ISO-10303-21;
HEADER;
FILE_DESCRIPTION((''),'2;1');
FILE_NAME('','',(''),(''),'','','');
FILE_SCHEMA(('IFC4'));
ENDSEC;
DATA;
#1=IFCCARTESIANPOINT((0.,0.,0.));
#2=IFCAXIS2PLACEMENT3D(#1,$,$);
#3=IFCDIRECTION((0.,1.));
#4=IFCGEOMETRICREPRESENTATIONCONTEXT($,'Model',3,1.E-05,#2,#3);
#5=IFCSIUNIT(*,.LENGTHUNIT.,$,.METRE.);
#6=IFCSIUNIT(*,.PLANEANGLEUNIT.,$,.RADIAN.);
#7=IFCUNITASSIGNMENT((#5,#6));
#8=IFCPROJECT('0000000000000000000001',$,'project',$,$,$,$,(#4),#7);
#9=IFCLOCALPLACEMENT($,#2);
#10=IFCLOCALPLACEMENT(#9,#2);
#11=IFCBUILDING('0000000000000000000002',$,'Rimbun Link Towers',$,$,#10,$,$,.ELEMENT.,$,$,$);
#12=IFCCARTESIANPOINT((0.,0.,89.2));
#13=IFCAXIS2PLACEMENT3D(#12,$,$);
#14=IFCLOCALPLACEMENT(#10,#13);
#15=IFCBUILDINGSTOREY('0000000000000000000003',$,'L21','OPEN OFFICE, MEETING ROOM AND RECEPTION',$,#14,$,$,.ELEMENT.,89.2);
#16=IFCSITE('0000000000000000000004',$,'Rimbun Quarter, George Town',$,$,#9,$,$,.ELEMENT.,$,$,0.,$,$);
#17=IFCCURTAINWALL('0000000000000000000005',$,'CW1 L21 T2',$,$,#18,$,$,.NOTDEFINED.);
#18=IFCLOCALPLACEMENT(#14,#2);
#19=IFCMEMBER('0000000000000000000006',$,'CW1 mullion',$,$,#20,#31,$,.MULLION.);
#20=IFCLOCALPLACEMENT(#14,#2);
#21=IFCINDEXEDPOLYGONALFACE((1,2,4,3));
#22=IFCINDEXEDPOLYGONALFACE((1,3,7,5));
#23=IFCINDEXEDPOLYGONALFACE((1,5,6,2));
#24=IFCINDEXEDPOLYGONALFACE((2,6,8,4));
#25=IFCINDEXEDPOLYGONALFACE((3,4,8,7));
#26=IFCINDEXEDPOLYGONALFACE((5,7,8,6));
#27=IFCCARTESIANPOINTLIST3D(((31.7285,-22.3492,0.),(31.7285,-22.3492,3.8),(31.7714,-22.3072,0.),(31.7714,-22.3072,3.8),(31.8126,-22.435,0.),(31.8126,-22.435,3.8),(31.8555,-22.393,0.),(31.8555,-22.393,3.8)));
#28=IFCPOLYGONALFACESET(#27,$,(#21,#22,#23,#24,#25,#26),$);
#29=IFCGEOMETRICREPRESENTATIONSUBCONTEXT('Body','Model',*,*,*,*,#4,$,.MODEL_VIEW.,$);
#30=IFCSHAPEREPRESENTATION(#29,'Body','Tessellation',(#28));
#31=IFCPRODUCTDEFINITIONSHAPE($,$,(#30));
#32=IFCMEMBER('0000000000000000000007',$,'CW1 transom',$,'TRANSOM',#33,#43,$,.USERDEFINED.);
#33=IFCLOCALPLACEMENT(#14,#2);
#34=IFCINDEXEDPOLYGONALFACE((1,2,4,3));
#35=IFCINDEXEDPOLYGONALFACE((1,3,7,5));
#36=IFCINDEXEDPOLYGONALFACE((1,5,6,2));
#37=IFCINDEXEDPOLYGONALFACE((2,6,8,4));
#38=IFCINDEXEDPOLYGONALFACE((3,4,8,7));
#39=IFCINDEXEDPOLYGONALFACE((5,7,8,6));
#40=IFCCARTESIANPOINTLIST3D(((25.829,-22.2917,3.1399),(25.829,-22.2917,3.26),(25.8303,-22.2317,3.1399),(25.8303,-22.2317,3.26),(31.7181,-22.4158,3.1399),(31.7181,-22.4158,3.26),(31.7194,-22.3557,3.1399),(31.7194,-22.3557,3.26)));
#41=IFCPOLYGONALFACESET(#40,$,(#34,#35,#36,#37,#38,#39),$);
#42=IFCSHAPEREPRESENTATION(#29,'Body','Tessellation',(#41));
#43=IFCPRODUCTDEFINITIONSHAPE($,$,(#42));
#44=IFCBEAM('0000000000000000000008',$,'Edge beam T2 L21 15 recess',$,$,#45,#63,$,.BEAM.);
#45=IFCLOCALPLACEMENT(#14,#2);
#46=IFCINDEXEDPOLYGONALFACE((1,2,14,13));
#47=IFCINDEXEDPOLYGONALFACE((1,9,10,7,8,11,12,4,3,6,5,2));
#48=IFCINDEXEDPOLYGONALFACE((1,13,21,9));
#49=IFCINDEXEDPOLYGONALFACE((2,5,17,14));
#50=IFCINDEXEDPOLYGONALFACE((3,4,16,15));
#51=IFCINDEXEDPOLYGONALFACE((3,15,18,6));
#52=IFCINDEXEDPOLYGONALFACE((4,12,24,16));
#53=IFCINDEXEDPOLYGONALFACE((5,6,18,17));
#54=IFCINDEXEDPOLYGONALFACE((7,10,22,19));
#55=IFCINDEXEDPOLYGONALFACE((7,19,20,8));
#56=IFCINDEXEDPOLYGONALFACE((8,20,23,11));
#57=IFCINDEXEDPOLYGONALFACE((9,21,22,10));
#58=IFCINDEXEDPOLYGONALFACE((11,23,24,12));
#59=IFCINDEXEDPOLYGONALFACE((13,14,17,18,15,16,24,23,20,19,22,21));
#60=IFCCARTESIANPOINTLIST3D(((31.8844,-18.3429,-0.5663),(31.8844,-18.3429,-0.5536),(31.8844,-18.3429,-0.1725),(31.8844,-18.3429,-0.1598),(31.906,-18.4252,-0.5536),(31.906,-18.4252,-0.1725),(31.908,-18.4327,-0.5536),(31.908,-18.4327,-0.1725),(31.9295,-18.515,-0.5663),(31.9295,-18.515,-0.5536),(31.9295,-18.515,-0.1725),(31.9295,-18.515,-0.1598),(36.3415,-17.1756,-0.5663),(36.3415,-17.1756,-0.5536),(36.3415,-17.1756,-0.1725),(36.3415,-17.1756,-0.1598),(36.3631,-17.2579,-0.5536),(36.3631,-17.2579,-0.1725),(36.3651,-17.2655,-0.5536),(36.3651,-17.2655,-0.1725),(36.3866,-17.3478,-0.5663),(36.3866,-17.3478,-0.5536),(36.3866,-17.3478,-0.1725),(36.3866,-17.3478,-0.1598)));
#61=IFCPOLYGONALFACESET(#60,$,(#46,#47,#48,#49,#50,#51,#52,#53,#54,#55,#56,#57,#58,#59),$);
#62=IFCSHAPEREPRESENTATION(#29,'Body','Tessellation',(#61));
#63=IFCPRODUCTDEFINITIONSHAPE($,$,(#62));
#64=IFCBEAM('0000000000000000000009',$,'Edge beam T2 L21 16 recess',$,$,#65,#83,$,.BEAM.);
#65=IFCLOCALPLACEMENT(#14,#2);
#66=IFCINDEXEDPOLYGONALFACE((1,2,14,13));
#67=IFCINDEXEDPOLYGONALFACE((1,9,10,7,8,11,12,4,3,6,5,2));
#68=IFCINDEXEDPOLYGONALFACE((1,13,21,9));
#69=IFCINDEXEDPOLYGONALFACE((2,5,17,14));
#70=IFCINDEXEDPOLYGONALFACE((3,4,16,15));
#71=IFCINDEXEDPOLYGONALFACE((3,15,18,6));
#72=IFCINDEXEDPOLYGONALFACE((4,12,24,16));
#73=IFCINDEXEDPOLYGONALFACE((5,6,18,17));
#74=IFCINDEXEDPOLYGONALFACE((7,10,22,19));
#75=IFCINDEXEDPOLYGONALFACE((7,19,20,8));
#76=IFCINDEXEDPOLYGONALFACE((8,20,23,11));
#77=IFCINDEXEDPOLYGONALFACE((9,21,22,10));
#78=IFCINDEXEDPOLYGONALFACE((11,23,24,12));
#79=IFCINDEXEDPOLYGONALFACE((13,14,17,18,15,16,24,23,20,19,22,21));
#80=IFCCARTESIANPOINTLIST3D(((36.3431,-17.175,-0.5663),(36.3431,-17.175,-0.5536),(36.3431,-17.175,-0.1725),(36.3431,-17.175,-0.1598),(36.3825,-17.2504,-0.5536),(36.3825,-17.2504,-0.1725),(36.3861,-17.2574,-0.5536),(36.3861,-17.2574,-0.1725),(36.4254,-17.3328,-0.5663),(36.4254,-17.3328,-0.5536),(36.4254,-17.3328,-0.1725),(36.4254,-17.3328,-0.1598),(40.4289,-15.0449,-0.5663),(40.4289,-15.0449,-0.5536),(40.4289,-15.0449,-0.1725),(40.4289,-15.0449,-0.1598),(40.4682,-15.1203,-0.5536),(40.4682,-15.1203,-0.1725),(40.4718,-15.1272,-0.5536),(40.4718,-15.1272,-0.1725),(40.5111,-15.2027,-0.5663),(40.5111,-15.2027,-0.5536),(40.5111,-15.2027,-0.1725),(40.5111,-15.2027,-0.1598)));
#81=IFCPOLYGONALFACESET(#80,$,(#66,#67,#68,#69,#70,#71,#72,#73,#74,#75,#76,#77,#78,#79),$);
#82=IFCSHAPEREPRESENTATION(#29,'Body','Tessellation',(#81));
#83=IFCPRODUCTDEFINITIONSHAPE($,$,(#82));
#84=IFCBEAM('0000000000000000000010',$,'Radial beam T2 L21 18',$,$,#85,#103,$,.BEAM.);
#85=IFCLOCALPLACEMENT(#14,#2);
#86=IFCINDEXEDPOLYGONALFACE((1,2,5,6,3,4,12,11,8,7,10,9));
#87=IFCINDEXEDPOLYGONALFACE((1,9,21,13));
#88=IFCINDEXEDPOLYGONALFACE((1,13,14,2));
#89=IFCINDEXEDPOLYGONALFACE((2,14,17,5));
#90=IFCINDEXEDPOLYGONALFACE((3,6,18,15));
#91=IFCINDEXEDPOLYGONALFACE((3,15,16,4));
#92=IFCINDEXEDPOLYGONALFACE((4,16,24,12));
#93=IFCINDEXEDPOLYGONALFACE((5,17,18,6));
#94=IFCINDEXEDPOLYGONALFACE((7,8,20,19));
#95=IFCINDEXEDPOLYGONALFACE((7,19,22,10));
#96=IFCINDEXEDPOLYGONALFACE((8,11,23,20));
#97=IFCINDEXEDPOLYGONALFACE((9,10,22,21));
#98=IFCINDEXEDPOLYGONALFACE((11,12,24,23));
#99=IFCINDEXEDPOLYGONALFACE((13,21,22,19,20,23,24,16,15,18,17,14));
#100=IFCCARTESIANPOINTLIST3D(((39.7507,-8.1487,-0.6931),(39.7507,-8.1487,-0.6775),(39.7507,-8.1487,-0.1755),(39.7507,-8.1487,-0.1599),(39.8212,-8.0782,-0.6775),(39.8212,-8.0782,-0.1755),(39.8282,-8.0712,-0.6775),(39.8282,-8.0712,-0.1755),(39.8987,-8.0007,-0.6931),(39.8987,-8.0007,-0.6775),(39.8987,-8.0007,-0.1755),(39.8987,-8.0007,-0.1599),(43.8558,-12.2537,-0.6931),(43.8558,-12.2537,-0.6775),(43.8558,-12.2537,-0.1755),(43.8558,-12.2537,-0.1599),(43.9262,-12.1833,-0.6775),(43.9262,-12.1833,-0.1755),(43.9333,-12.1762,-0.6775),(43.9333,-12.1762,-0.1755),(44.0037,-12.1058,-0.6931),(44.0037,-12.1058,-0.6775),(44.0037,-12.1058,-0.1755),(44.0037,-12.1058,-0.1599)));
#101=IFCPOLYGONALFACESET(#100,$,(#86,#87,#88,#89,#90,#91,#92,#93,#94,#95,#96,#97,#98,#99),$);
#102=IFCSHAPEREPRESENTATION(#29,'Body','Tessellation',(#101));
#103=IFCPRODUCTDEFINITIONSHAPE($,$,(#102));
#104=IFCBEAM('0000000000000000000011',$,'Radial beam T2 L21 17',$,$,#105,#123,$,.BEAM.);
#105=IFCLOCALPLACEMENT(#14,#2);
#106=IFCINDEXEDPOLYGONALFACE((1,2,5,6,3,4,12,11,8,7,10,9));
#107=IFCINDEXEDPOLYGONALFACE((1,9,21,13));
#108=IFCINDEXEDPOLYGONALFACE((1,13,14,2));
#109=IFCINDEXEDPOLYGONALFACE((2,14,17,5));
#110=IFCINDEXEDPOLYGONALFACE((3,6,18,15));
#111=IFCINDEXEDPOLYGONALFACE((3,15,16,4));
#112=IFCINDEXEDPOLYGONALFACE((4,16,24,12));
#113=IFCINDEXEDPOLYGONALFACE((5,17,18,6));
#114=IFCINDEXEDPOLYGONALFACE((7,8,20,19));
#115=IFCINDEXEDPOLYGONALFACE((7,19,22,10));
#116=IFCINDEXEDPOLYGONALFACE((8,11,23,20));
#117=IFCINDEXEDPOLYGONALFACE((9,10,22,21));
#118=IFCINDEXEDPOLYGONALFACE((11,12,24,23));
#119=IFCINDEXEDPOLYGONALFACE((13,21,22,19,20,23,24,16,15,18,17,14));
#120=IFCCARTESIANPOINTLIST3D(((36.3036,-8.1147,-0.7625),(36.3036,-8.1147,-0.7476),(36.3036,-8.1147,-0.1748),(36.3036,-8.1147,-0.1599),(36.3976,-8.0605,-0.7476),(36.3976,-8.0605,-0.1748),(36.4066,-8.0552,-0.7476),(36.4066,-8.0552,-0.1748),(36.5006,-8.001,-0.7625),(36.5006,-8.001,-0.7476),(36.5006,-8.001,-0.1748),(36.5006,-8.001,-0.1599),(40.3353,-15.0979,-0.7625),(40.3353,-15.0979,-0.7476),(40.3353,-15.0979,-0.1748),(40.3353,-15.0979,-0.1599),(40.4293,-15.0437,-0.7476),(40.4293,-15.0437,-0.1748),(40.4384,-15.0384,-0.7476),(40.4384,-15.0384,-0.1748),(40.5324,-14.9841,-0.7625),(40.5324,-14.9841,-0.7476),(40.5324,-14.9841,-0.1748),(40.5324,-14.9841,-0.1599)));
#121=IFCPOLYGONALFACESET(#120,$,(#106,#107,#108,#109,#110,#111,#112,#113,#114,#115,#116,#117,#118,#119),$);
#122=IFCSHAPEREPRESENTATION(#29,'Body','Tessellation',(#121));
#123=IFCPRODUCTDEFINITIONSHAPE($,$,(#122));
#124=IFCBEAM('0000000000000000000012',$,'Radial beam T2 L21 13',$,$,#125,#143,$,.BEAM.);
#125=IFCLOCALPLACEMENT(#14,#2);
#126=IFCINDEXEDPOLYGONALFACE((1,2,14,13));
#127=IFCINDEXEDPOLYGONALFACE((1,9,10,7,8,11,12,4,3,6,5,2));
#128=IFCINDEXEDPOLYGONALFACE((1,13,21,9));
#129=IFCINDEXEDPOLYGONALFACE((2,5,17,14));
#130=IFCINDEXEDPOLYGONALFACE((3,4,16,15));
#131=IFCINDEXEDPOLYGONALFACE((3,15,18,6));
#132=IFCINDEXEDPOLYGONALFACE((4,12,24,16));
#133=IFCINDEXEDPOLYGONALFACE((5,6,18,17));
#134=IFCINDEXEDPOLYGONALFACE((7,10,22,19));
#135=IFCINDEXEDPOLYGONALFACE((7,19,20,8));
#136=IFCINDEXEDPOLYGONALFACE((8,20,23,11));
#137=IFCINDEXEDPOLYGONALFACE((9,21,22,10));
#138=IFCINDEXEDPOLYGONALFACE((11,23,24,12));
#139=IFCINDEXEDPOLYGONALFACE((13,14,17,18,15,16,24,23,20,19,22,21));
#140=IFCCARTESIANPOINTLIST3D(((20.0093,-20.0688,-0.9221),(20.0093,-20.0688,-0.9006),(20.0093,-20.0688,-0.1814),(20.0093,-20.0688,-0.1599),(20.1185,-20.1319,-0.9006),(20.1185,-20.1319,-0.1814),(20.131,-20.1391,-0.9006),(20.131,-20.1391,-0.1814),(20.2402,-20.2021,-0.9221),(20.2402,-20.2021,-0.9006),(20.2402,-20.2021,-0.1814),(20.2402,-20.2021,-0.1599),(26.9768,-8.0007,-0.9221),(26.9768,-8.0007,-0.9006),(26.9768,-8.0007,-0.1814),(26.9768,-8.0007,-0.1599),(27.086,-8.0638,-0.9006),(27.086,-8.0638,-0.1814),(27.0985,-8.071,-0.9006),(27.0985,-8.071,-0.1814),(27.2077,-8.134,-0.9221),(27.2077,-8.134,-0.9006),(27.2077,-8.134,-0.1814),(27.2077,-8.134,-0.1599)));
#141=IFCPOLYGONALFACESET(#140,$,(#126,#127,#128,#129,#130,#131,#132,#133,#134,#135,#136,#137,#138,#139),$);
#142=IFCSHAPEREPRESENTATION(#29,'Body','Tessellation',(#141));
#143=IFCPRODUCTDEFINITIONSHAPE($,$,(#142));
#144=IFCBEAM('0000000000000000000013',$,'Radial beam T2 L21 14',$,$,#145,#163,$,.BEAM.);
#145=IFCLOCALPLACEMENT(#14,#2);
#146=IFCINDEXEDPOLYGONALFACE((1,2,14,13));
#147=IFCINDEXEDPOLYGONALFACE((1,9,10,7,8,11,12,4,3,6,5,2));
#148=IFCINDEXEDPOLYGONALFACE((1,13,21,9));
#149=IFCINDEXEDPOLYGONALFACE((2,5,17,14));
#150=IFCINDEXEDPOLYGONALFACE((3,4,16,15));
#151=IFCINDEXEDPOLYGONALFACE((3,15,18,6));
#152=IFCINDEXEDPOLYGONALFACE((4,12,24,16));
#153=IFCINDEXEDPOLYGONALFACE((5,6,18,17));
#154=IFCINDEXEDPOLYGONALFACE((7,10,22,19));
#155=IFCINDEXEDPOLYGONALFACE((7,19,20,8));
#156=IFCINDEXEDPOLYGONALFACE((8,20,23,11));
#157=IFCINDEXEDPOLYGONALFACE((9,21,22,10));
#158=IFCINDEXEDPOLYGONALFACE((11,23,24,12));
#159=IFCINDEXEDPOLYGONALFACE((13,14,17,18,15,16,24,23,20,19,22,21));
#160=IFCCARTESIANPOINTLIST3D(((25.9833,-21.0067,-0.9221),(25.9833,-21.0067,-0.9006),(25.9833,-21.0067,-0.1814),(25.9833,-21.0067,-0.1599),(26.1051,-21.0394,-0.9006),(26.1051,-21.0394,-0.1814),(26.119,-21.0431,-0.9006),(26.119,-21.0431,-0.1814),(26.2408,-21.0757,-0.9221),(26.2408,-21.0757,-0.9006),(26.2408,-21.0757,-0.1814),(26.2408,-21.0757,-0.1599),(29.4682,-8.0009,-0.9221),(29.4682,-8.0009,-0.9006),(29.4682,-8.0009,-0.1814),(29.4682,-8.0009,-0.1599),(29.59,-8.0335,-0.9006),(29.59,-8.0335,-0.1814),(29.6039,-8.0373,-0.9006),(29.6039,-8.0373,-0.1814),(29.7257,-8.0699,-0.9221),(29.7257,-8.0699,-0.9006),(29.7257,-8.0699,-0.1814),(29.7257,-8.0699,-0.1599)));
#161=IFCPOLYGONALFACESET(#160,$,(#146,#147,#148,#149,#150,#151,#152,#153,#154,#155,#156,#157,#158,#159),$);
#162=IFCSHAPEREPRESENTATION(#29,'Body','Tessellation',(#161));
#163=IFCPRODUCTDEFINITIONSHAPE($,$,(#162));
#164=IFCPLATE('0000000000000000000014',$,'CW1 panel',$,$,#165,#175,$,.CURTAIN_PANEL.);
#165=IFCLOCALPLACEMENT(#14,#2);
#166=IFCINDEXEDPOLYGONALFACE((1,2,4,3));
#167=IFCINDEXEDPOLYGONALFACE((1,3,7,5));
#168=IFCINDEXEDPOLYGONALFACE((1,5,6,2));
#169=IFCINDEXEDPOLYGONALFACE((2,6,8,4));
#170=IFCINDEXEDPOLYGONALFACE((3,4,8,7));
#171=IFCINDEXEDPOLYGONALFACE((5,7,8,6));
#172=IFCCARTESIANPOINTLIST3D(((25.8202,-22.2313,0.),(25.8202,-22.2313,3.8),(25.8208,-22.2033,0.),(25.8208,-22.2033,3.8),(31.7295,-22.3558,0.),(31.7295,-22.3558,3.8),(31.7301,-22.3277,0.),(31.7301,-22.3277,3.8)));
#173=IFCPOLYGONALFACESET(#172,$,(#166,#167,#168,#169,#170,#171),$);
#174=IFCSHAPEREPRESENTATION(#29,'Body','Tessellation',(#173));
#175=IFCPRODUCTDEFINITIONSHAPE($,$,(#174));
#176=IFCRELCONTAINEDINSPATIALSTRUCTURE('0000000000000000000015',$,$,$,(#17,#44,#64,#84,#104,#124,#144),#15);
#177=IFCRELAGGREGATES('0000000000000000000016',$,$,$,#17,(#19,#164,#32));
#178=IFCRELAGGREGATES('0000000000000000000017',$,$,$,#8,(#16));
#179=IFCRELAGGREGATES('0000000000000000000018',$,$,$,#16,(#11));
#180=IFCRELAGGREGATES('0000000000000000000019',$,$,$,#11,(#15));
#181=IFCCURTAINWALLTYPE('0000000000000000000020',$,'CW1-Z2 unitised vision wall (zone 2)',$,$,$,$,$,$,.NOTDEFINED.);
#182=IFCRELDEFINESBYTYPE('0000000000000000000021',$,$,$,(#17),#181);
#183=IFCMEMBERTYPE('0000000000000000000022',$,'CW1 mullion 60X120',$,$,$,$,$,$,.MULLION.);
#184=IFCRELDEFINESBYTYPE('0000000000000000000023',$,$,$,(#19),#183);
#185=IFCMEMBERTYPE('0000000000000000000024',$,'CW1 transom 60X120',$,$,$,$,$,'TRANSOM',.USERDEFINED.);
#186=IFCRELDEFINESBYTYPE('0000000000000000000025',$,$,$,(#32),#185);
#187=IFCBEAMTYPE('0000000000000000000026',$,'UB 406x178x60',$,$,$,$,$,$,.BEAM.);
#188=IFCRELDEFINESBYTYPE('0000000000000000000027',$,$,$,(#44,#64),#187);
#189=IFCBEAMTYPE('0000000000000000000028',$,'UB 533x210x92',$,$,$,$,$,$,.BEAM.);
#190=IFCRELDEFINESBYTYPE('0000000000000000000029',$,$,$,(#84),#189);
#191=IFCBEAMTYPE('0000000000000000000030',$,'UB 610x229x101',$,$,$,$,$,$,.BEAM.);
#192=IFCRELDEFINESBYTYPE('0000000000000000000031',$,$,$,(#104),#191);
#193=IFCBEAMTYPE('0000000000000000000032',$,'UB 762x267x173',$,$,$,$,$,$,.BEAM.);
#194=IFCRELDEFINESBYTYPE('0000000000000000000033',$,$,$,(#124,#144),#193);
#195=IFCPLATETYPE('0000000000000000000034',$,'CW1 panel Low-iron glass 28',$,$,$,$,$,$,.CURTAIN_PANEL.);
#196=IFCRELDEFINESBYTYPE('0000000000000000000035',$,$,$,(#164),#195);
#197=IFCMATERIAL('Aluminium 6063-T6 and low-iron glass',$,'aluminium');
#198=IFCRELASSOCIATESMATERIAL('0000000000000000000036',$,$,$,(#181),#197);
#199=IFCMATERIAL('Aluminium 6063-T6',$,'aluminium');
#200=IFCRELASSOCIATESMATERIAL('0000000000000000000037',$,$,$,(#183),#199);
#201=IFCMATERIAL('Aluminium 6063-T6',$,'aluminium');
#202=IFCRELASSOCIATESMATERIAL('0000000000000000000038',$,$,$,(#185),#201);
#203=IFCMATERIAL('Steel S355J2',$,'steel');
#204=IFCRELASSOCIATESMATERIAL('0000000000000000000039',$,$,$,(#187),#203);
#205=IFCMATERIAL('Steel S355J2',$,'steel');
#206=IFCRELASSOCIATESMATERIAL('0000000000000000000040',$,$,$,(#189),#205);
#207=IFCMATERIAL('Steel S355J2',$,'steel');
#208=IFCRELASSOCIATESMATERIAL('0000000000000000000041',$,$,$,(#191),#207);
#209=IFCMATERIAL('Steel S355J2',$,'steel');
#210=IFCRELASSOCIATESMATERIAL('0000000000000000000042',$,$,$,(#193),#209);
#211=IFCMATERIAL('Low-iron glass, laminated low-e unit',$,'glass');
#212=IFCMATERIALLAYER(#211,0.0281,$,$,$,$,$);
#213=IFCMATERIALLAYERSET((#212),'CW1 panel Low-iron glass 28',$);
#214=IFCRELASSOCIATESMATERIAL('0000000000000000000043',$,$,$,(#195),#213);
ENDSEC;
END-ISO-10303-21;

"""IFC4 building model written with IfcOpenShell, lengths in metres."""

from ifc_helpers import new_model, si_unit, direction, frame, origin, origin_2d, place, context, subcontext, project, spatial, rectangle, i_section, extrude, material, layer, layer_set, material_profile, profile_set, type_object, element, aggregate, save


model = new_model("IFC4")

# Units and contexts
model_context = context("Model", 3, precision=1e-05, world=origin(), true_north=direction((0.0, 1.0)))
body_context = subcontext(model_context, "Body", "Model", "MODEL_VIEW")
ifc_project = project(units=[si_unit("LENGTHUNIT", "METRE"), si_unit("PLANEANGLEUNIT", "RADIAN")], contexts=[model_context])

# Site, building, storey
site_placement = place(None, origin())
site = spatial("IfcSite", under=ifc_project, at=site_placement, Name="Rimbun Quarter, George Town", CompositionType="ELEMENT", RefElevation=0.0)
building_placement = place(site_placement, origin())
building = spatial("IfcBuilding", under=site, at=building_placement, Name="Rimbun Link Towers", CompositionType="ELEMENT")
storey_placement = place(building_placement, frame((0.0, 0.0, 89.2)))
storey = spatial("IfcBuildingStorey", under=building, at=storey_placement, Name="L21", Description="OPEN OFFICE, MEETING ROOM AND RECEPTION", CompositionType="ELEMENT", Elevation=89.2)

# Curtain wall, members
ifc_material_1 = material(Name="Aluminium 6063-T6 and low-iron glass", Category="aluminium")
curtain_wall_type = type_object("IfcCurtainWallType", Name="CW1-Z2 unitised vision wall (zone 2)", PredefinedType="NOTDEFINED", material=ifc_material_1)
curtain_wall_placement = place(storey_placement, origin())
curtain_wall = element("IfcCurtainWall", 1, at=curtain_wall_placement, inside=storey, type_object=curtain_wall_type, Name="CW1 L21 T2", PredefinedType="NOTDEFINED")
ifc_material_2 = material(Name="Aluminium 6063-T6", Category="aluminium")
ifc_material_profile_1 = material_profile(ifc_material_2, rectangle(XDim=0.1201, YDim=0.0601, at=origin_2d()), Name="MULLION 60X120")
ifc_profile_set_1 = profile_set([ifc_material_profile_1], Name="Aluminium 6063-T6")
member_type_1 = type_object("IfcMemberType", Name="CW1 mullion 60X120", PredefinedType="MULLION", material=ifc_profile_set_1)
member_1_placement = place(storey_placement, frame((31.792, -22.3711, 0.0), z_axis=(0.0, 0.0, 1.0), x_axis=(0.699623, -0.714513, 0.0)))
member_1 = element("IfcMember", 2, at=member_1_placement, type_object=member_type_1, Name="CW1 mullion", PredefinedType="MULLION", context=body_context, shape_type="SweptSolid", body=[
    extrude(rectangle(XDim=0.1201, YDim=0.0601, at=origin_2d()), origin(), (0.0, 0.0, 1.0), 3.8),
])
ifc_material_3 = material(Name="Aluminium 6063-T6", Category="aluminium")
ifc_material_profile_2 = material_profile(ifc_material_3, rectangle(XDim=0.0601, YDim=0.1201, at=origin_2d()), Name="TRANSOM 60X120")
ifc_profile_set_2 = profile_set([ifc_material_profile_2], Name="Aluminium 6063-T6")
member_type_2 = type_object("IfcMemberType", Name="CW1 transom 60X120", ElementType="TRANSOM", PredefinedType="USERDEFINED", material=ifc_profile_set_2)
member_2_placement = place(storey_placement, frame((31.7188, -22.3857, 3.2), z_axis=(-0.999778, 0.021055, 0.0), x_axis=(-0.021055, -0.999778, 0.0)))
member_2 = element("IfcMember", 3, at=member_2_placement, type_object=member_type_2, Name="CW1 transom", ObjectType="TRANSOM", PredefinedType="USERDEFINED", context=body_context, shape_type="SweptSolid", body=[
    extrude(rectangle(XDim=0.0601, YDim=0.1201, at=origin_2d()), origin(), (0.0, 0.0, 1.0), 5.8904),
])

# Beams
ifc_material_4 = material(Name="Steel S355J2", Category="steel")
ifc_material_profile_3 = material_profile(ifc_material_4, i_section(OverallWidth=0.178, OverallDepth=0.4065, WebThickness=0.0078, FlangeThickness=0.0127, at=origin_2d()), Name="UB 406x178x60")
ifc_profile_set_3 = profile_set([ifc_material_profile_3], Name="Steel S355J2")
beam_type_1 = type_object("IfcBeamType", Name="UB 406x178x60", PredefinedType="BEAM", material=ifc_profile_set_3)
beam_1_placement = place(storey_placement, frame((31.907, -18.429, -0.363), z_axis=(0.967377, 0.253343, 0.0), x_axis=(-0.253343, 0.967377, 0.0)))
element("IfcBeam", 4, at=beam_1_placement, inside=storey, type_object=beam_type_1, Name="Edge beam T2 L21 15 recess", PredefinedType="BEAM", context=body_context, shape_type="SweptSolid", body=[
    extrude(i_section(OverallWidth=0.178, OverallDepth=0.4065, WebThickness=0.0078, FlangeThickness=0.0127, at=origin_2d()), origin(), (0.0, 0.0, 1.0), 4.6074),
])
beam_2_placement = place(storey_placement, frame((36.3843, -17.2539, -0.363), z_axis=(0.886722, 0.462303, 0.0), x_axis=(-0.462303, 0.886722, 0.0)))
element("IfcBeam", 5, at=beam_2_placement, inside=storey, type_object=beam_type_1, Name="Edge beam T2 L21 16 recess", PredefinedType="BEAM", context=body_context, shape_type="SweptSolid", body=[
    extrude(i_section(OverallWidth=0.178, OverallDepth=0.4065, WebThickness=0.0078, FlangeThickness=0.0127, at=origin_2d()), origin(), (0.0, 0.0, 1.0), 4.6077),
])
ifc_material_5 = material(Name="Steel S355J2", Category="steel")
ifc_material_profile_4 = material_profile(ifc_material_5, i_section(OverallWidth=0.2092, OverallDepth=0.5332, WebThickness=0.01, FlangeThickness=0.0156, at=origin_2d()), Name="UB 533x210x92")
ifc_profile_set_4 = profile_set([ifc_material_profile_4], Name="Steel S355J2")
beam_type_2 = type_object("IfcBeamType", Name="UB 533x210x92", PredefinedType="BEAM", material=ifc_profile_set_4)
beam_3_placement = place(storey_placement, frame((39.8247, -8.0747, -0.4265), z_axis=(0.707107, -0.707107, 0.0), x_axis=(0.707107, 0.707107, 0.0)))
element("IfcBeam", 6, at=beam_3_placement, inside=storey, type_object=beam_type_2, Name="Radial beam T2 L21 18", PredefinedType="BEAM", context=body_context, shape_type="SweptSolid", body=[
    extrude(i_section(OverallWidth=0.2092, OverallDepth=0.5332, WebThickness=0.01, FlangeThickness=0.0156, at=origin_2d()), origin(), (0.0, 0.0, 1.0), 5.8054),
])
ifc_material_6 = material(Name="Steel S355J2", Category="steel")
ifc_material_profile_5 = material_profile(ifc_material_6, i_section(OverallWidth=0.2275, OverallDepth=0.6025, WebThickness=0.0105, FlangeThickness=0.0149, at=origin_2d()), Name="UB 610x229x101")
ifc_profile_set_5 = profile_set([ifc_material_profile_5], Name="Steel S355J2")
beam_type_3 = type_object("IfcBeamType", Name="UB 610x229x101", PredefinedType="BEAM", material=ifc_profile_set_5)
beam_4_placement = place(storey_placement, frame((36.4021, -8.0579, -0.4612), z_axis=(0.500001, -0.866025, 0.0), x_axis=(0.866025, 0.500001, 0.0)))
element("IfcBeam", 7, at=beam_4_placement, inside=storey, type_object=beam_type_3, Name="Radial beam T2 L21 17", PredefinedType="BEAM", context=body_context, shape_type="SweptSolid", body=[
    extrude(i_section(OverallWidth=0.2275, OverallDepth=0.6025, WebThickness=0.0105, FlangeThickness=0.0149, at=origin_2d()), origin(), (0.0, 0.0, 1.0), 8.0635),
])
ifc_material_7 = material(Name="Steel S355J2", Category="steel")
ifc_material_profile_6 = material_profile(ifc_material_7, i_section(OverallWidth=0.2666, OverallDepth=0.7622, WebThickness=0.0144, FlangeThickness=0.0215, at=origin_2d()), Name="UB 762x267x173")
ifc_profile_set_6 = profile_set([ifc_material_profile_6], Name="Steel S355J2")
beam_type_4 = type_object("IfcBeamType", Name="UB 762x267x173", PredefinedType="BEAM", material=ifc_profile_set_6)
beam_5_placement = place(storey_placement, frame((27.0923, -8.0674, -0.541), z_axis=(-0.5, -0.866025, 0.0), x_axis=(0.866025, -0.5, 0.0)))
element("IfcBeam", 8, at=beam_5_placement, inside=storey, type_object=beam_type_4, Name="Radial beam T2 L21 13", PredefinedType="BEAM", context=body_context, shape_type="SweptSolid", body=[
    extrude(i_section(OverallWidth=0.2666, OverallDepth=0.7622, WebThickness=0.0144, FlangeThickness=0.0215, at=origin_2d()), origin(), (0.0, 0.0, 1.0), 13.9351),
])
beam_6_placement = place(storey_placement, frame((29.5969, -8.0354, -0.541), z_axis=(-0.258816, -0.965927, 0.0), x_axis=(0.965927, -0.258816, 0.0)))
element("IfcBeam", 9, at=beam_6_placement, inside=storey, type_object=beam_type_4, Name="Radial beam T2 L21 14", PredefinedType="BEAM", context=body_context, shape_type="SweptSolid", body=[
    extrude(i_section(OverallWidth=0.2666, OverallDepth=0.7622, WebThickness=0.0144, FlangeThickness=0.0215, at=origin_2d()), origin(), (0.0, 0.0, 1.0), 13.4646),
])

# Plate
ifc_material_8 = material(Name="Low-iron glass, laminated low-e unit", Category="glass")
ifc_layer_1 = layer(ifc_material_8, 0.0281)
ifc_layer_set_1 = layer_set([ifc_layer_1], Name="CW1 panel Low-iron glass 28")
plate_type = type_object("IfcPlateType", Name="CW1 panel Low-iron glass 28", PredefinedType="CURTAIN_PANEL", material=ifc_layer_set_1)
plate_placement = place(storey_placement, frame((28.7751, -22.2795, 0.0), z_axis=(0.0, 0.0, 1.0), x_axis=(-0.999778, 0.021057, 0.0)))
plate = element("IfcPlate", 10, at=plate_placement, type_object=plate_type, Name="CW1 panel", PredefinedType="CURTAIN_PANEL", context=body_context, shape_type="SweptSolid", body=[
    extrude(rectangle(XDim=5.9106, YDim=0.0281, at=origin_2d()), origin(), (0.0, 0.0, 1.0), 3.8),
])
aggregate(curtain_wall, [member_1, plate, member_2])

save(model, "model.ifc")
